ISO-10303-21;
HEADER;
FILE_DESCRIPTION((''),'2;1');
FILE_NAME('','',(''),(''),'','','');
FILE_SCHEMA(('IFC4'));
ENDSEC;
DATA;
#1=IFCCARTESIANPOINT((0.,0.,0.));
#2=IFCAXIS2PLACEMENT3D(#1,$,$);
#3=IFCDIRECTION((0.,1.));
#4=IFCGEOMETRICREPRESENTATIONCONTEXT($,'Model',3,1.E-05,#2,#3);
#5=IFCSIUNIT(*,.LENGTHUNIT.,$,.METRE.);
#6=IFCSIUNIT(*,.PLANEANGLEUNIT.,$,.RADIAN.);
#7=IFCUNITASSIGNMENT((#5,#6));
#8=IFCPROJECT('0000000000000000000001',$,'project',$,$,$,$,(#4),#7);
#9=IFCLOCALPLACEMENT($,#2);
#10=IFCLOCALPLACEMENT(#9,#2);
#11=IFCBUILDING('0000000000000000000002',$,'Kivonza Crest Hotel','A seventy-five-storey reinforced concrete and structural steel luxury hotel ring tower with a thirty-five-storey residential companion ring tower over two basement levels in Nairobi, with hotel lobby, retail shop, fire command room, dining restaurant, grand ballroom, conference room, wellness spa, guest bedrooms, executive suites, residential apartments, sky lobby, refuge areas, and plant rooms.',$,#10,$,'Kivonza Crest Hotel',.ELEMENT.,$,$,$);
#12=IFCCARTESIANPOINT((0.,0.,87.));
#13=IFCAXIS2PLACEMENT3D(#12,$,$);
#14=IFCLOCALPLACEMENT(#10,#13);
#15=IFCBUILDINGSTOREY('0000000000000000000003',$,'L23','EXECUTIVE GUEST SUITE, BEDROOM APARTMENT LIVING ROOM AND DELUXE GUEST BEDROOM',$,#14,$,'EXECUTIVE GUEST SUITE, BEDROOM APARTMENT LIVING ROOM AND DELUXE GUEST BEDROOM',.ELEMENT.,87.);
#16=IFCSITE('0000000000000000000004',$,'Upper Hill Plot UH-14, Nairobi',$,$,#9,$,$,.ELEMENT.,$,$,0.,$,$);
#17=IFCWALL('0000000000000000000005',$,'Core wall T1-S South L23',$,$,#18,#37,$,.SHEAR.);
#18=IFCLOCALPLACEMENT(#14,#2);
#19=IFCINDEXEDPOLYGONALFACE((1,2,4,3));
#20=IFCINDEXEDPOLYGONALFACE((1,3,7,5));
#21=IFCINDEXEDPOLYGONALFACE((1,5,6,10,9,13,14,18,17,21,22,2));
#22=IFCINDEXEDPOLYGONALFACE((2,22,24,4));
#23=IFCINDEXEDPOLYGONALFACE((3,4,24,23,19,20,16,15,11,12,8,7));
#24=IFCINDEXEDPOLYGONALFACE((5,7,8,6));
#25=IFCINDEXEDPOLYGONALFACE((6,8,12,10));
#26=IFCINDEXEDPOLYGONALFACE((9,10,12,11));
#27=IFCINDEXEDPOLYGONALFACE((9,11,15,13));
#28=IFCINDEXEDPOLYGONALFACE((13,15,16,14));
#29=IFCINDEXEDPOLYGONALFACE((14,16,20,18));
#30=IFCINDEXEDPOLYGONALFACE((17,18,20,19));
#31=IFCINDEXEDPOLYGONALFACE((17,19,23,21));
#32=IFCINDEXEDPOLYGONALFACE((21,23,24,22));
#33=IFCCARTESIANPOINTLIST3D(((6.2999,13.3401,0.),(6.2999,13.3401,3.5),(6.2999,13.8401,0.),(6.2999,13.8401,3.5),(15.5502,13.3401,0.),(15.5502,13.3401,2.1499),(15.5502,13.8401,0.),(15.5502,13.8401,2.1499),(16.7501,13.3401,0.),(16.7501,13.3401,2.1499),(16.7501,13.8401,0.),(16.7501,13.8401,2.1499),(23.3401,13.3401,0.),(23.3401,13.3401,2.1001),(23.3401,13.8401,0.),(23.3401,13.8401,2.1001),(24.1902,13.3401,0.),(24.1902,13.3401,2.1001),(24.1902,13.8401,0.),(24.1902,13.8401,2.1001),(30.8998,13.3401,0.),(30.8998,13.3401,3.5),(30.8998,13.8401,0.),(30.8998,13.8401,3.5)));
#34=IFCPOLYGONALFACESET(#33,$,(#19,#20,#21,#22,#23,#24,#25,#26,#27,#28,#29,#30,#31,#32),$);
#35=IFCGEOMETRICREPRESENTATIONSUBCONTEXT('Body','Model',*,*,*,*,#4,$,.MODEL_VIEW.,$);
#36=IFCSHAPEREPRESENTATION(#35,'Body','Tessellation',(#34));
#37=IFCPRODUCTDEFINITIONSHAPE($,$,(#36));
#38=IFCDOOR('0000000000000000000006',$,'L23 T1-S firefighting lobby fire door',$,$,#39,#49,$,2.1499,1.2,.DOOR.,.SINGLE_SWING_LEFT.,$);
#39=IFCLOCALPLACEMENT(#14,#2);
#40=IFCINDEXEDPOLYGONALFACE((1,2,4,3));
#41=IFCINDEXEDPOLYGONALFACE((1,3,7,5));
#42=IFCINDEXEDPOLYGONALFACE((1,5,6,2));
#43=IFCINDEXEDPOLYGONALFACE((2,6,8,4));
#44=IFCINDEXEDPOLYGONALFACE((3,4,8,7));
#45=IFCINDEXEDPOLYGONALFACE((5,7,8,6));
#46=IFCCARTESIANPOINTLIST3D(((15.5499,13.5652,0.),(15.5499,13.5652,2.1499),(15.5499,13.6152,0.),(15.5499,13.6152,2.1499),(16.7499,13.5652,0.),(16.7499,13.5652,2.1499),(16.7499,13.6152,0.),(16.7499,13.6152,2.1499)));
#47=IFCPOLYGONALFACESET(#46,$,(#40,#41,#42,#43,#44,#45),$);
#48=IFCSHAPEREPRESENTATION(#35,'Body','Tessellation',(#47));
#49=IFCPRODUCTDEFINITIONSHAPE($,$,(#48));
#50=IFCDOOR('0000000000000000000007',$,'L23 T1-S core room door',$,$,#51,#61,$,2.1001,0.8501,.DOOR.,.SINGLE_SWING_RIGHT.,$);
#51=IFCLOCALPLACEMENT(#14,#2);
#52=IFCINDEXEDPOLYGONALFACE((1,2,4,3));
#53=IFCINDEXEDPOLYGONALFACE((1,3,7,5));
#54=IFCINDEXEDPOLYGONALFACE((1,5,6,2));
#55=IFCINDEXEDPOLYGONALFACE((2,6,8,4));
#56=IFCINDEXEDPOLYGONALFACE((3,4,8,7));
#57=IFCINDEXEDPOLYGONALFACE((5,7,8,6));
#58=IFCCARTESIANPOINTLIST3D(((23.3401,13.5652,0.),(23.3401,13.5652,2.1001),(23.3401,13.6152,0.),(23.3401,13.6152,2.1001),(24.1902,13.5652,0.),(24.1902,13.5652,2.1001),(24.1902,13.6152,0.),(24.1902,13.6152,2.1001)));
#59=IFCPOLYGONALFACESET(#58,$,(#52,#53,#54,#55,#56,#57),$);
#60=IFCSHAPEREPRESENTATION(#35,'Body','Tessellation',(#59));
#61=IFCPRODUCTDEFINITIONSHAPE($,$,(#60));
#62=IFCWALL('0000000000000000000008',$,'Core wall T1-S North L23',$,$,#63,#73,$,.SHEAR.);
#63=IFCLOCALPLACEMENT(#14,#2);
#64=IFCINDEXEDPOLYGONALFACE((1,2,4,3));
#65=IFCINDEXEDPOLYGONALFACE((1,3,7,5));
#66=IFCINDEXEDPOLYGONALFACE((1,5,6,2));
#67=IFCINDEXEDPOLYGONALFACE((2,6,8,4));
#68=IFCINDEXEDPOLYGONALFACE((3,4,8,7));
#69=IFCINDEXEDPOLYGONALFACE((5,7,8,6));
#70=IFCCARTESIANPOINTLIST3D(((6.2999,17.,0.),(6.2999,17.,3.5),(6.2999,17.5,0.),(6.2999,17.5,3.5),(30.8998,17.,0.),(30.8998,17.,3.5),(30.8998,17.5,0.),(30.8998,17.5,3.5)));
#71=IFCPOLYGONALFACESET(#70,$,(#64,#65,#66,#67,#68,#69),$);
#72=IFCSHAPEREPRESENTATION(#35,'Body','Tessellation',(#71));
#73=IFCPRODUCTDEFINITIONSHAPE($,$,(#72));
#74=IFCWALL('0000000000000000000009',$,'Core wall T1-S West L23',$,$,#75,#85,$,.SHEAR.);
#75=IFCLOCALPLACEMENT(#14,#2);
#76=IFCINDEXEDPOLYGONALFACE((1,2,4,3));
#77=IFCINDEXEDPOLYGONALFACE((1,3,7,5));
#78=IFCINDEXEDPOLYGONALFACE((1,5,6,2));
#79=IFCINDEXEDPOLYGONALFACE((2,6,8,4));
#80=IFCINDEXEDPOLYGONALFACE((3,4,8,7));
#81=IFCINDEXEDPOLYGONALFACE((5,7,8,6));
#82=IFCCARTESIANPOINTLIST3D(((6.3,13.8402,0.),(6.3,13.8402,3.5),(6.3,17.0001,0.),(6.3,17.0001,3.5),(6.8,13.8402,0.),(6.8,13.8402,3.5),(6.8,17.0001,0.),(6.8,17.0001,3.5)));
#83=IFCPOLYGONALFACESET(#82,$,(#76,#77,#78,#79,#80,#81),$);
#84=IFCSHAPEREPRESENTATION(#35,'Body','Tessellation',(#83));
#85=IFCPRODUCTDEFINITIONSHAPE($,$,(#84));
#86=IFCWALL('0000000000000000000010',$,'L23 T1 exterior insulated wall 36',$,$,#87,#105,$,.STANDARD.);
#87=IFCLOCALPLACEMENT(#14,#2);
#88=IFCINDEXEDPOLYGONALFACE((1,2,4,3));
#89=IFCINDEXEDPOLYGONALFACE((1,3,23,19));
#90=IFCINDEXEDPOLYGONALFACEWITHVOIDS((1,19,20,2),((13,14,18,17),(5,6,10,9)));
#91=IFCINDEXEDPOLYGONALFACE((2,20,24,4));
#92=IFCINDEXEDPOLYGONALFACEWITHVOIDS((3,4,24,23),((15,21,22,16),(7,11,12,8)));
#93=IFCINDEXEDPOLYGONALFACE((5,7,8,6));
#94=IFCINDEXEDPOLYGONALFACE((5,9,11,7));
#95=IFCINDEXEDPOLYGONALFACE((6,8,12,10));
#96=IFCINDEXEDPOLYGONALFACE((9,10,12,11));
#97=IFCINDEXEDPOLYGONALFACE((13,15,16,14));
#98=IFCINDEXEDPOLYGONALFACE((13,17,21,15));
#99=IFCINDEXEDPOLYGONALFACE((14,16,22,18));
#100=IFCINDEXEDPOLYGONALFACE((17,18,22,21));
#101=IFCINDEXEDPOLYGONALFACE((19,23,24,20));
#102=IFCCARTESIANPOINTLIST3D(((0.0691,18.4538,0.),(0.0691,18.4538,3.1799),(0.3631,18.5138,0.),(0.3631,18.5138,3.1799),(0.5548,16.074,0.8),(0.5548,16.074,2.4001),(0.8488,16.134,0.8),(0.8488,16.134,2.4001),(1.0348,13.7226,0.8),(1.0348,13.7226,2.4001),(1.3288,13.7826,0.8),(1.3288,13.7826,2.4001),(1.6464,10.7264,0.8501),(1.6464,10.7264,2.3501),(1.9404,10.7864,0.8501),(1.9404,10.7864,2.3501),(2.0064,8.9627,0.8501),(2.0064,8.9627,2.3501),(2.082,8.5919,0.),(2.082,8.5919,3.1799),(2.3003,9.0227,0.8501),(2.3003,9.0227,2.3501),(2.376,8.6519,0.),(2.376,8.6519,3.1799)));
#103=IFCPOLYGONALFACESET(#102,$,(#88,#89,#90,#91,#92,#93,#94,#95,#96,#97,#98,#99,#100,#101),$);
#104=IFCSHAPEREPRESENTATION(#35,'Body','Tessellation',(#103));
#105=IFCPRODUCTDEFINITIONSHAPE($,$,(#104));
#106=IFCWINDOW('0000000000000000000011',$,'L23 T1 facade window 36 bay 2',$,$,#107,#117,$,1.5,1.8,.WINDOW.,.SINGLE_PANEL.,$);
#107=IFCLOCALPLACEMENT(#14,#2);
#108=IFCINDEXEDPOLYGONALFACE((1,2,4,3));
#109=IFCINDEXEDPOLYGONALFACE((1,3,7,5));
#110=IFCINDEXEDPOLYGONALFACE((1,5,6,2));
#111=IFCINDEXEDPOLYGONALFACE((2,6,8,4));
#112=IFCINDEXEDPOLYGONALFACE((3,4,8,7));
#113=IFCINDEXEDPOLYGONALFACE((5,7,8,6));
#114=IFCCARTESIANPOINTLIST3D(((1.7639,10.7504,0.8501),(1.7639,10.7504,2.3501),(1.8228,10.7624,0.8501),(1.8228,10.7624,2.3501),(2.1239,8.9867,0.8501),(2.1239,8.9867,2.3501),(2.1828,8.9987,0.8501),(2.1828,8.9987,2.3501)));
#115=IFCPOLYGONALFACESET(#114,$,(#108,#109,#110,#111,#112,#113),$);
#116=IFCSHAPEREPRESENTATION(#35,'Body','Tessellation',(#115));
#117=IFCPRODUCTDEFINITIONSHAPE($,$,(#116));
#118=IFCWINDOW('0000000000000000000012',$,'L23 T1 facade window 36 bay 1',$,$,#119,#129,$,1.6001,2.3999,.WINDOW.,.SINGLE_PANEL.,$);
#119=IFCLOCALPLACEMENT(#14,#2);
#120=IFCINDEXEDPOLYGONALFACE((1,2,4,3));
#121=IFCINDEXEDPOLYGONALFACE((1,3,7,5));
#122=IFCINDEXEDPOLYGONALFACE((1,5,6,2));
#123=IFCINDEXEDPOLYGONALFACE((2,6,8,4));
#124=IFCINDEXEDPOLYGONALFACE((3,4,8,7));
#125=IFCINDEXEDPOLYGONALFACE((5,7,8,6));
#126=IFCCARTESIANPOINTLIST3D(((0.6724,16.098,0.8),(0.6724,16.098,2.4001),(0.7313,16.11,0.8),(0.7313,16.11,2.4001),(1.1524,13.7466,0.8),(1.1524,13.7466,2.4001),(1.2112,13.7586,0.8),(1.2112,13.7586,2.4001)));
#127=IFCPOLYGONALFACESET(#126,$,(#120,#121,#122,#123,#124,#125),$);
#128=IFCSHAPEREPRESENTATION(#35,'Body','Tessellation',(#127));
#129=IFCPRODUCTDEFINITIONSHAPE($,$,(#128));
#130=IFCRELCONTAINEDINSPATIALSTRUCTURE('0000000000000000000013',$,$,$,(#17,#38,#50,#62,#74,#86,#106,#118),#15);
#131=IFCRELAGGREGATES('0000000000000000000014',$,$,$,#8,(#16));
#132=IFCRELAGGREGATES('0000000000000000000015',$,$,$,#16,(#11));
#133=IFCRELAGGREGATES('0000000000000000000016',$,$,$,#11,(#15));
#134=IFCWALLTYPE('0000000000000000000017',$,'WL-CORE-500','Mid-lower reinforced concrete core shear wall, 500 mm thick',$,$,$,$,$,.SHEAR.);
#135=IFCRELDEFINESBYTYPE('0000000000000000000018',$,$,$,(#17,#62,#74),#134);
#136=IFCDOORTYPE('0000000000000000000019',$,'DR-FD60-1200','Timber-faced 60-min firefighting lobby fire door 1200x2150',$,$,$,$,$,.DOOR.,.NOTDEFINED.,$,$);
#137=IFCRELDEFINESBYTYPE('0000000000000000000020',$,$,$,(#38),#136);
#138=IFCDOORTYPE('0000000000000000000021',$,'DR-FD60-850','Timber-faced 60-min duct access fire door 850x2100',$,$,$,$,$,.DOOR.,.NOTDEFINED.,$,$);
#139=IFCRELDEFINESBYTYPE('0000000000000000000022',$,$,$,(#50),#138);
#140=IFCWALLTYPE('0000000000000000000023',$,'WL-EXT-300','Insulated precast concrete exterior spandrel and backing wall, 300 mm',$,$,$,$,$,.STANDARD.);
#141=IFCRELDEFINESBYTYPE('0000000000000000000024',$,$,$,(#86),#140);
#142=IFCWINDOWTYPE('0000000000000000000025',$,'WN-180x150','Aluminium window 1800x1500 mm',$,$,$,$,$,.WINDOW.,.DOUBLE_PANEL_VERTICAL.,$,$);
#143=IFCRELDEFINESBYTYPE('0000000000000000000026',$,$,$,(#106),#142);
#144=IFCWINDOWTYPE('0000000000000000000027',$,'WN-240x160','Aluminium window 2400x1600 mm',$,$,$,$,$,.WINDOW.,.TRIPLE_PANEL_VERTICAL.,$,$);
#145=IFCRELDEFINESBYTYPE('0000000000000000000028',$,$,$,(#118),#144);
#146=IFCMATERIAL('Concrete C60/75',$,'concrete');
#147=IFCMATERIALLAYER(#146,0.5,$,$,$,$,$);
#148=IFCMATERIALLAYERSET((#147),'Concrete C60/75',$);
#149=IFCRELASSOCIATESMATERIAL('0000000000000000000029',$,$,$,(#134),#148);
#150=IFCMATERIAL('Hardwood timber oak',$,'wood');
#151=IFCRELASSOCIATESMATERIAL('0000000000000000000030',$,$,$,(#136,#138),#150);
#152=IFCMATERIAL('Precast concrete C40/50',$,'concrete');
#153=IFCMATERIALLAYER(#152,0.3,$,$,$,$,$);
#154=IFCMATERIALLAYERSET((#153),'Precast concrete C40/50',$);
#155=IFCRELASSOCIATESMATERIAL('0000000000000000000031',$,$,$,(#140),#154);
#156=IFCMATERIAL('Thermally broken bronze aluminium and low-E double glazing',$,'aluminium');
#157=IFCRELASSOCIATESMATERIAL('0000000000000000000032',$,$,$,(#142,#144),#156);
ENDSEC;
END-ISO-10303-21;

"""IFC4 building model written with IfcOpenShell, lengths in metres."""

from ifc_helpers import new_model, si_unit, direction, frame, frame_2d, origin, place, context, subcontext, project, spatial, rectangle, extrude, material, layer, layer_set, type_object, element, fill, save


model = new_model("IFC4")

# Units and contexts
model_context = context("Model", 3, precision=1e-05, world=origin(), true_north=direction((0.0, 1.0)))
body_context = subcontext(model_context, "Body", "Model", "MODEL_VIEW")
ifc_project = project(units=[si_unit("LENGTHUNIT", "METRE"), si_unit("PLANEANGLEUNIT", "RADIAN")], contexts=[model_context])

# Site, building, storey
site_placement = place(None, origin())
site = spatial("IfcSite", under=ifc_project, at=site_placement, Name="Upper Hill Plot UH-14, Nairobi", CompositionType="ELEMENT", RefElevation=0.0)
building_placement = place(site_placement, origin())
building = spatial("IfcBuilding", under=site, at=building_placement, Name="Kivonza Crest Hotel", Description="A seventy-five-storey reinforced concrete and structural steel luxury hotel ring tower with a thirty-five-storey residential companion ring tower over two basement levels in Nairobi, with hotel lobby, retail shop, fire command room, dining restaurant, grand ballroom, conference room, wellness spa, guest bedrooms, executive suites, residential apartments, sky lobby, refuge areas, and plant rooms.", LongName="Kivonza Crest Hotel", CompositionType="ELEMENT")
storey_placement = place(building_placement, frame((0.0, 0.0, 87.0)))
storey = spatial("IfcBuildingStorey", under=building, at=storey_placement, Name="L23", Description="EXECUTIVE GUEST SUITE, BEDROOM APARTMENT LIVING ROOM AND DELUXE GUEST BEDROOM", LongName="EXECUTIVE GUEST SUITE, BEDROOM APARTMENT LIVING ROOM AND DELUXE GUEST BEDROOM", CompositionType="ELEMENT", Elevation=87.0)

# Shared definitions
ifc_material_1 = material(Name="Hardwood timber oak", Category="wood")

# Wall, openings, doors
ifc_material_2 = material(Name="Concrete C60/75", Category="concrete")
ifc_layer_1 = layer(ifc_material_2, 0.5)
ifc_layer_set_1 = layer_set([ifc_layer_1], Name="Concrete C60/75")
wall_type_1 = type_object("IfcWallType", Name="WL-CORE-500", Description="Mid-lower reinforced concrete core shear wall, 500 mm thick", PredefinedType="SHEAR", material=ifc_layer_set_1)
wall_1_placement = place(storey_placement, frame((6.3, 13.5901, 0.0), z_axis=(0.0, 0.0, 1.0), x_axis=(1.0, 0.0, 0.0)))
wall_1 = element("IfcWall", 1, at=wall_1_placement, inside=storey, type_object=wall_type_1, Name="Core wall T1-S South L23", PredefinedType="SHEAR", context=body_context, shape_type="SweptSolid", body=[
    extrude(rectangle(XDim=24.5999, YDim=0.5, at=frame_2d((12.2998, 0.0))), origin(), (0.0, 0.0, 1.0), 3.5),
])
opening_1_placement = place(wall_1_placement, frame((9.25, 0.0, 0.0)))
opening_1 = element("IfcOpeningElement", 2, at=opening_1_placement, cuts=wall_1, PredefinedType="OPENING", context=body_context, shape_type="SweptSolid", body=[
    extrude(rectangle(XDim=1.2, YDim=2.1499, at=frame_2d((0.6001, 1.075))), frame((0.0, 0.26, 0.0), z_axis=(0.0, -1.0, 0.0), x_axis=(1.0, 0.0, 0.0)), (0.0, 0.0, 1.0), 0.52),
])
opening_2_placement = place(wall_1_placement, frame((17.04, 0.0, 0.0)))
opening_2 = element("IfcOpeningElement", 3, at=opening_2_placement, cuts=wall_1, PredefinedType="OPENING", context=body_context, shape_type="SweptSolid", body=[
    extrude(rectangle(XDim=0.8501, YDim=2.1001, at=frame_2d((0.425, 1.05))), frame((0.0, 0.26, 0.0), z_axis=(0.0, -1.0, 0.0), x_axis=(1.0, 0.0, 0.0)), (0.0, 0.0, 1.0), 0.52),
])
door_type_1 = type_object("IfcDoorType", Name="DR-FD60-1200", Description="Timber-faced 60-min firefighting lobby fire door 1200x2150", OperationType="NOTDEFINED", PredefinedType="DOOR", material=ifc_material_1)
door_1_placement = place(opening_1_placement, frame((1.2, 0.0, 0.0), z_axis=(0.0, 0.0, 1.0), x_axis=(-1.0, 0.0, 0.0)))
door_1 = element("IfcDoor", 4, at=door_1_placement, inside=storey, type_object=door_type_1, Name="L23 T1-S firefighting lobby fire door", OperationType="SINGLE_SWING_LEFT", OverallHeight=2.1499, OverallWidth=1.2, PredefinedType="DOOR", context=body_context, shape_type="SweptSolid", body=[
    extrude(rectangle(XDim=1.2, YDim=2.1499, at=frame_2d((0.6001, 1.075))), frame((0.0, 0.0249, 0.0), z_axis=(0.0, -1.0, 0.0), x_axis=(1.0, 0.0, 0.0)), (0.0, 0.0, 1.0), 0.05),
])
fill(opening_1, door_1)
door_type_2 = type_object("IfcDoorType", Name="DR-FD60-850", Description="Timber-faced 60-min duct access fire door 850x2100", OperationType="NOTDEFINED", PredefinedType="DOOR", material=ifc_material_1)
door_2_placement = place(opening_2_placement, frame((0.8501, 0.0, 0.0), z_axis=(0.0, 0.0, 1.0), x_axis=(-1.0, 0.0, 0.0)))
door_2 = element("IfcDoor", 5, at=door_2_placement, inside=storey, type_object=door_type_2, Name="L23 T1-S core room door", OperationType="SINGLE_SWING_RIGHT", OverallHeight=2.1001, OverallWidth=0.8501, PredefinedType="DOOR", context=body_context, shape_type="SweptSolid", body=[
    extrude(rectangle(XDim=0.8501, YDim=2.1001, at=frame_2d((0.425, 1.05))), frame((0.0, 0.0249, 0.0), z_axis=(0.0, -1.0, 0.0), x_axis=(1.0, 0.0, 0.0)), (0.0, 0.0, 1.0), 0.05),
])
fill(opening_2, door_2)

# Walls
wall_2_placement = place(storey_placement, frame((6.3, 17.25, 0.0), z_axis=(0.0, 0.0, 1.0), x_axis=(1.0, 0.0, 0.0)))
element("IfcWall", 6, at=wall_2_placement, inside=storey, type_object=wall_type_1, Name="Core wall T1-S North L23", PredefinedType="SHEAR", context=body_context, shape_type="SweptSolid", body=[
    extrude(rectangle(XDim=24.5999, YDim=0.5, at=frame_2d((12.2998, 0.0))), origin(), (0.0, 0.0, 1.0), 3.5),
])
wall_3_placement = place(storey_placement, frame((6.55, 13.8401, 0.0), z_axis=(0.0, 0.0, 1.0), x_axis=(0.0, 1.0, 0.0)))
element("IfcWall", 7, at=wall_3_placement, inside=storey, type_object=wall_type_1, Name="Core wall T1-S West L23", PredefinedType="SHEAR", context=body_context, shape_type="SweptSolid", body=[
    extrude(rectangle(XDim=3.1599, YDim=0.5, at=frame_2d((1.5801, 0.0))), origin(), (0.0, 0.0, 1.0), 3.5),
])

# Wall, openings, windows
ifc_material_3 = material(Name="Precast concrete C40/50", Category="concrete")
ifc_layer_2 = layer(ifc_material_3, 0.3)
ifc_layer_set_2 = layer_set([ifc_layer_2], Name="Precast concrete C40/50")
wall_type_2 = type_object("IfcWallType", Name="WL-EXT-300", Description="Insulated precast concrete exterior spandrel and backing wall, 300 mm", PredefinedType="STANDARD", material=ifc_layer_set_2)
wall_4_placement = place(storey_placement, frame((0.2161, 18.4839, 0.0), z_axis=(0.0, 0.0, 1.0), x_axis=(0.199991, -0.979798, 0.0)))
wall_4 = element("IfcWall", 8, at=wall_4_placement, inside=storey, type_object=wall_type_2, Name="L23 T1 exterior insulated wall 36", PredefinedType="STANDARD", context=body_context, shape_type="SweptSolid", body=[
    extrude(rectangle(XDim=10.0652, YDim=0.3, at=frame_2d((5.0327, 0.0))), origin(), (0.0, 0.0, 1.0), 3.1799),
])
opening_3_placement = place(wall_4_placement, frame((2.429, 0.0, 0.8)))
opening_3 = element("IfcOpeningElement", 9, at=opening_3_placement, cuts=wall_4, PredefinedType="OPENING", context=body_context, shape_type="SweptSolid", body=[
    extrude(rectangle(XDim=2.3999, YDim=1.6001, at=frame_2d((1.2, 0.8))), frame((0.0, 0.1602, 0.0), z_axis=(0.0, -1.0, 0.0), x_axis=(1.0, 0.0, 0.0)), (0.0, 0.0, 1.0), 0.3201),
])
opening_4_placement = place(wall_4_placement, frame((7.887, 0.0, 0.8501)))
opening_4 = element("IfcOpeningElement", 10, at=opening_4_placement, cuts=wall_4, PredefinedType="OPENING", context=body_context, shape_type="SweptSolid", body=[
    extrude(rectangle(XDim=1.8, YDim=1.5, at=frame_2d((0.8999, 0.75))), frame((0.0, 0.1602, 0.0), z_axis=(0.0, -1.0, 0.0), x_axis=(1.0, 0.0, 0.0)), (0.0, 0.0, 1.0), 0.3201),
])
ifc_material_4 = material(Name="Thermally broken bronze aluminium and low-E double glazing", Category="aluminium")
window_type_1 = type_object("IfcWindowType", Name="WN-180x150", Description="Aluminium window 1800x1500 mm", PartitioningType="DOUBLE_PANEL_VERTICAL", PredefinedType="WINDOW", material=ifc_material_4)
window_1_placement = place(opening_4_placement, origin())
window_1 = element("IfcWindow", 11, at=window_1_placement, inside=storey, type_object=window_type_1, Name="L23 T1 facade window 36 bay 2", OverallHeight=1.5, OverallWidth=1.8, PartitioningType="SINGLE_PANEL", PredefinedType="WINDOW", context=body_context, shape_type="SweptSolid", body=[
    extrude(rectangle(XDim=1.8, YDim=1.5, at=frame_2d((0.8999, 0.75))), frame((0.0, 0.03, 0.0), z_axis=(0.0, -1.0, 0.0), x_axis=(1.0, 0.0, 0.0)), (0.0, 0.0, 1.0), 0.0601),
])
fill(opening_4, window_1)
window_type_2 = type_object("IfcWindowType", Name="WN-240x160", Description="Aluminium window 2400x1600 mm", PartitioningType="TRIPLE_PANEL_VERTICAL", PredefinedType="WINDOW", material=ifc_material_4)
window_2_placement = place(opening_3_placement, origin())
window_2 = element("IfcWindow", 12, at=window_2_placement, inside=storey, type_object=window_type_2, Name="L23 T1 facade window 36 bay 1", OverallHeight=1.6001, OverallWidth=2.3999, PartitioningType="SINGLE_PANEL", PredefinedType="WINDOW", context=body_context, shape_type="SweptSolid", body=[
    extrude(rectangle(XDim=2.3999, YDim=1.6001, at=frame_2d((1.2, 0.8))), frame((0.0, 0.03, 0.0), z_axis=(0.0, -1.0, 0.0), x_axis=(1.0, 0.0, 0.0)), (0.0, 0.0, 1.0), 0.0601),
])
fill(opening_3, window_2)

save(model, "model.ifc")
